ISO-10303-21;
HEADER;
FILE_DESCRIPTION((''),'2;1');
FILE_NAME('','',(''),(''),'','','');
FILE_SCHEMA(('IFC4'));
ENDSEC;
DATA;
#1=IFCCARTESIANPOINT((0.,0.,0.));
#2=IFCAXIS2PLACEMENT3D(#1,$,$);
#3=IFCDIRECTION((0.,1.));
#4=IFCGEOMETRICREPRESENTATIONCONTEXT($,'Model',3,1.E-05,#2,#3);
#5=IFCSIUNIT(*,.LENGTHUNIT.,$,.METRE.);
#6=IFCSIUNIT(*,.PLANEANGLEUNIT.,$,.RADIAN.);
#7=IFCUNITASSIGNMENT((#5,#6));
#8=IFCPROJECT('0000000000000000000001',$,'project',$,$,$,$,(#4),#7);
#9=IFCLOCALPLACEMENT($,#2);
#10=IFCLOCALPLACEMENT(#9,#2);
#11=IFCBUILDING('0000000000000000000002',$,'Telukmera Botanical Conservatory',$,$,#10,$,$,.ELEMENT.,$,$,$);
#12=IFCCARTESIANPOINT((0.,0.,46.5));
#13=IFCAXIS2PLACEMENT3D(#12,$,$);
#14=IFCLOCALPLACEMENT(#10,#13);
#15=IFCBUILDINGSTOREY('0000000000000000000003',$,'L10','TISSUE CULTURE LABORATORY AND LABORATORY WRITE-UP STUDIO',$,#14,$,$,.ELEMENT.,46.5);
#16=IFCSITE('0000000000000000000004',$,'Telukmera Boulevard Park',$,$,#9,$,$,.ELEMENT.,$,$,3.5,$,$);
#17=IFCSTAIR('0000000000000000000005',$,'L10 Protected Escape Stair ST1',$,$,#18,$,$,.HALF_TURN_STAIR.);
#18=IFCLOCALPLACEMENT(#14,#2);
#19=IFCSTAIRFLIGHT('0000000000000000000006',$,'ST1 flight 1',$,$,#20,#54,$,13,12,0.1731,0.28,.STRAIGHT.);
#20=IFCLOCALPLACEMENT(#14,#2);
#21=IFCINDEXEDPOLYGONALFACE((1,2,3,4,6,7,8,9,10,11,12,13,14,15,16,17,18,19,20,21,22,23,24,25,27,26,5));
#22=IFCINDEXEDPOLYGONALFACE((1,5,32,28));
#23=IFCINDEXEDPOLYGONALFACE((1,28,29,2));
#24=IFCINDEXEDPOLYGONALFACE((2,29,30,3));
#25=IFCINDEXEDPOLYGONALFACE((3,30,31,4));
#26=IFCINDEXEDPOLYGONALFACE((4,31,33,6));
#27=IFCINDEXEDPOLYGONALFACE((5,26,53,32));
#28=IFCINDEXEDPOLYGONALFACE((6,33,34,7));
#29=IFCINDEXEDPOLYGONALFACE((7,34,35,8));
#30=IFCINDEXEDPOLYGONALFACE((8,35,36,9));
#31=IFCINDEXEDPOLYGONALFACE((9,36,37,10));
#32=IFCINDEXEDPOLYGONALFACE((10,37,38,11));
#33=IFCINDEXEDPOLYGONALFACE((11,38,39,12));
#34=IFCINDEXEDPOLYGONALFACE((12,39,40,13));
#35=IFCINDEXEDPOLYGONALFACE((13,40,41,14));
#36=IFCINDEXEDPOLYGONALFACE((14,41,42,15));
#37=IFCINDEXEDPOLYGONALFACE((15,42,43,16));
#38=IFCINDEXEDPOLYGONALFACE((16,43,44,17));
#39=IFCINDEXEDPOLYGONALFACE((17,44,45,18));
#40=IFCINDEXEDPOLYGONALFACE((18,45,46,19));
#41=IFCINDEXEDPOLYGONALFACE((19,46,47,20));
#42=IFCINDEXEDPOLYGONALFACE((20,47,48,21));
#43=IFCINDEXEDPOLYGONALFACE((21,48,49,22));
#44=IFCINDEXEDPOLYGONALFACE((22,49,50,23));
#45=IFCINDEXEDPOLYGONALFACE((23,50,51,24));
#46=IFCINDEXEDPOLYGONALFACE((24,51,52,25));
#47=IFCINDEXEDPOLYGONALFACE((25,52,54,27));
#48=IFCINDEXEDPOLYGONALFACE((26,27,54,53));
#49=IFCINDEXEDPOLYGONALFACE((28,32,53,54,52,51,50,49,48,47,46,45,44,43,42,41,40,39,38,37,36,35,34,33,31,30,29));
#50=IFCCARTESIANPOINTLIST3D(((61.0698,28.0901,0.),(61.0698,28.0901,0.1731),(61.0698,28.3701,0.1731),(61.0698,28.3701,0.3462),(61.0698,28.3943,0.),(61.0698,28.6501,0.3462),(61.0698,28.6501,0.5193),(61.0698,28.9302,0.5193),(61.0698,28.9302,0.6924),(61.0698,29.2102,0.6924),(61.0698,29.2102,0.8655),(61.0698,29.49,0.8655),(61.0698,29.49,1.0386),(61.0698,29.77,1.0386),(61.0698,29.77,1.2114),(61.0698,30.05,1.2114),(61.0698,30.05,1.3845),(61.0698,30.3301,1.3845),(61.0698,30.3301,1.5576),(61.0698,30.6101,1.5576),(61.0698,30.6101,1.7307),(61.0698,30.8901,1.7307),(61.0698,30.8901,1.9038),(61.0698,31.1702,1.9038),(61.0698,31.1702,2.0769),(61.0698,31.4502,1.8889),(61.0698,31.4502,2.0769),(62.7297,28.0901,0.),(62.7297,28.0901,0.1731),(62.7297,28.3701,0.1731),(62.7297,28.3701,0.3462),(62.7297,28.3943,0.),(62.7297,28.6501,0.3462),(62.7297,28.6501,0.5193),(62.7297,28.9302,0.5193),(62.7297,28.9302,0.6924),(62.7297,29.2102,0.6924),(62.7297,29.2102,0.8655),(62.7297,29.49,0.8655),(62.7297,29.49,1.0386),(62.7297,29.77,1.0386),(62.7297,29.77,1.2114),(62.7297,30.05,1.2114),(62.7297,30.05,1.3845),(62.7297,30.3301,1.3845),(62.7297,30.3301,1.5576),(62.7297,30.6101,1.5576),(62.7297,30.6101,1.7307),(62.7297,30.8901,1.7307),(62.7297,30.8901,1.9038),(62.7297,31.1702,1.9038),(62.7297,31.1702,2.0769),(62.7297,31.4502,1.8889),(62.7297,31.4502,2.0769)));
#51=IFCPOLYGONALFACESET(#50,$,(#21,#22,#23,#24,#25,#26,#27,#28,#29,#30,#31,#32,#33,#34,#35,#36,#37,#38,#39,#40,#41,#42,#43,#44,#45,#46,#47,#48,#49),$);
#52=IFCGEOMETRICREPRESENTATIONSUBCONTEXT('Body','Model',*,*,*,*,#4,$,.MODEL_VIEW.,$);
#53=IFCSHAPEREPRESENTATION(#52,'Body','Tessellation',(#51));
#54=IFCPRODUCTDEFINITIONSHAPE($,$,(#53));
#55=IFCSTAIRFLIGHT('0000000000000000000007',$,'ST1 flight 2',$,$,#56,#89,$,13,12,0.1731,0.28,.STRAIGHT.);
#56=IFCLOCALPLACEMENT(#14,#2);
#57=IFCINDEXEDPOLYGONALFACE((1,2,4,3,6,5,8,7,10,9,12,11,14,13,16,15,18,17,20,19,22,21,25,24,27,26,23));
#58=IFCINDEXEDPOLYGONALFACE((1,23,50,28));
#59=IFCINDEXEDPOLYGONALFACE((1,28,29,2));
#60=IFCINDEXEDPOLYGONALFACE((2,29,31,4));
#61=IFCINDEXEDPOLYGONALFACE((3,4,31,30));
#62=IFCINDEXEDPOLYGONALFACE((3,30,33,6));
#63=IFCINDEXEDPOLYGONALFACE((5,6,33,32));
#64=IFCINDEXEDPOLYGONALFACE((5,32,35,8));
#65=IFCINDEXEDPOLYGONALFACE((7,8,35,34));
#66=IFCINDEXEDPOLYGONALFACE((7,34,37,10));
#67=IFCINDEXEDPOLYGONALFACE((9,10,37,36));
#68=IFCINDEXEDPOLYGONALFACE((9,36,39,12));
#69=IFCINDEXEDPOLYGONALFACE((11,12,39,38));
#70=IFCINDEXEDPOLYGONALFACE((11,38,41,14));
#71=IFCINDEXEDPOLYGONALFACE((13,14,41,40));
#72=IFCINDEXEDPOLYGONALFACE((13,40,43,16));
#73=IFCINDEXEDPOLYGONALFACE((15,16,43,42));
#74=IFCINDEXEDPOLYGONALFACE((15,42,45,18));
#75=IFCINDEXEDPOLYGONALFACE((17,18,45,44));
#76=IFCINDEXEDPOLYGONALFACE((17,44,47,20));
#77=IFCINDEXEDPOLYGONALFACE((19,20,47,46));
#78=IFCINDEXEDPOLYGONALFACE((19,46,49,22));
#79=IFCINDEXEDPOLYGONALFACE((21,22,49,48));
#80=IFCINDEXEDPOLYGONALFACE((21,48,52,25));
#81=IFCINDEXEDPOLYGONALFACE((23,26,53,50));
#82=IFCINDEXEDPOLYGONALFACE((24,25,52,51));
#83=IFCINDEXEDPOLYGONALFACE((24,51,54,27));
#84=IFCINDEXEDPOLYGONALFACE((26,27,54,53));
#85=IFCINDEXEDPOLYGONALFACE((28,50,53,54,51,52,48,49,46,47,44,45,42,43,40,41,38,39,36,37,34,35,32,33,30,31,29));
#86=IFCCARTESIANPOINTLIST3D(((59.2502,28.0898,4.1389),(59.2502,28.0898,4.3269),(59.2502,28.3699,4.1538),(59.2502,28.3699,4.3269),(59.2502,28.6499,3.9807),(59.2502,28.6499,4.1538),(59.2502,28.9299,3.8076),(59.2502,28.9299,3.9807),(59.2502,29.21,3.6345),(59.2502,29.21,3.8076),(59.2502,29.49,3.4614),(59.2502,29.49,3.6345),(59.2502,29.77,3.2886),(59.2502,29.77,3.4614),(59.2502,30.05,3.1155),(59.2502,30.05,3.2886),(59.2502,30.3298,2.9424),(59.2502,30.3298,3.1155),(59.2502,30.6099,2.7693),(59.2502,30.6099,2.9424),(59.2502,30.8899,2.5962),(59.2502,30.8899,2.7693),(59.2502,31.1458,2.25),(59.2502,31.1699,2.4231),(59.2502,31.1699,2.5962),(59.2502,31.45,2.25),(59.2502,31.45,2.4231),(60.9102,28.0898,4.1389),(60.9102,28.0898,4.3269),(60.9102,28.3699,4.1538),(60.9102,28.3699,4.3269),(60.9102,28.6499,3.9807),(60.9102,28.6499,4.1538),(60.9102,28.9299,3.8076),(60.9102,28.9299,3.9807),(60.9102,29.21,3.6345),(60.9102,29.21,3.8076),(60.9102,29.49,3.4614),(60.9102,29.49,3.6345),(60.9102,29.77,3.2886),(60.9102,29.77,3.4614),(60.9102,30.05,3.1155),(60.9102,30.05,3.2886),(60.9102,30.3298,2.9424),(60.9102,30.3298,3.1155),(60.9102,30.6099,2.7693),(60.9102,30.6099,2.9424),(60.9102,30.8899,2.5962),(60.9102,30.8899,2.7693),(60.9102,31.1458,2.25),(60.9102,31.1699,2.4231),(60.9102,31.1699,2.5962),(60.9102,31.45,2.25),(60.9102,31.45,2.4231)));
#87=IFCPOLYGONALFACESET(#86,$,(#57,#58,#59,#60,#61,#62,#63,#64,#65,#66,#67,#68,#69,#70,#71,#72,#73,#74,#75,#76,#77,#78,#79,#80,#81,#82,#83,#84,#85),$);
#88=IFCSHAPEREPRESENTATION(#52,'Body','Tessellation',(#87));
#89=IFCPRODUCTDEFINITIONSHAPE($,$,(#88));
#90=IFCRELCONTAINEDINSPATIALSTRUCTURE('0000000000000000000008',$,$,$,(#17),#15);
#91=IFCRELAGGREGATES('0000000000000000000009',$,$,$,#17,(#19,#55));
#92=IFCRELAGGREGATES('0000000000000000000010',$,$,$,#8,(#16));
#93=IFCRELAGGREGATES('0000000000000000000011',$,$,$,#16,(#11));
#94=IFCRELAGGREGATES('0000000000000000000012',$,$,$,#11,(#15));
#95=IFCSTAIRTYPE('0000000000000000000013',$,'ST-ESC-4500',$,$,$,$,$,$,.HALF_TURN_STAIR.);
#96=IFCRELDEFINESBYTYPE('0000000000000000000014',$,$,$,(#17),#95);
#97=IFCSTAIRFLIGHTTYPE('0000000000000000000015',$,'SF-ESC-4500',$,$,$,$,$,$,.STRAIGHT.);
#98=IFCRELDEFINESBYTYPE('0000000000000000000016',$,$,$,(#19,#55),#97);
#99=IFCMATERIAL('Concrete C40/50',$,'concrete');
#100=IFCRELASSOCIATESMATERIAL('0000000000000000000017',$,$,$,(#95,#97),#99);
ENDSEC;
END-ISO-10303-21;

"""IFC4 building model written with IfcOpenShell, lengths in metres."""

from ifc_helpers import new_model, si_unit, direction, frame, origin, place, context, subcontext, project, spatial, polyline, outline, extrude, material, type_object, element, aggregate, save


model = new_model("IFC4")

# Units and contexts
model_context = context("Model", 3, precision=1e-05, world=origin(), true_north=direction((0.0, 1.0)))
body_context = subcontext(model_context, "Body", "Model", "MODEL_VIEW")
ifc_project = project(units=[si_unit("LENGTHUNIT", "METRE"), si_unit("PLANEANGLEUNIT", "RADIAN")], contexts=[model_context])

# Site, building, storey
site_placement = place(None, origin())
site = spatial("IfcSite", under=ifc_project, at=site_placement, Name="Telukmera Boulevard Park", CompositionType="ELEMENT", RefElevation=3.5)
building_placement = place(site_placement, origin())
building = spatial("IfcBuilding", under=site, at=building_placement, Name="Telukmera Botanical Conservatory", CompositionType="ELEMENT")
storey_placement = place(building_placement, frame((0.0, 0.0, 46.5)))
storey = spatial("IfcBuildingStorey", under=building, at=storey_placement, Name="L10", Description="TISSUE CULTURE LABORATORY AND LABORATORY WRITE-UP STUDIO", CompositionType="ELEMENT", Elevation=46.5)

# Shared definitions
ifc_material_1 = material(Name="Concrete C40/50", Category="concrete")

# Stair, stair flights
stair_type = type_object("IfcStairType", Name="ST-ESC-4500", PredefinedType="HALF_TURN_STAIR", material=ifc_material_1)
stair_placement = place(storey_placement, origin())
stair = element("IfcStair", 1, at=stair_placement, inside=storey, type_object=stair_type, Name="L10 Protected Escape Stair ST1", PredefinedType="HALF_TURN_STAIR")
stair_flight_type = type_object("IfcStairFlightType", Name="SF-ESC-4500", PredefinedType="STRAIGHT", material=ifc_material_1)
stair_flight_1_placement = place(storey_placement, frame((61.8999, 28.0901, 0.0), z_axis=(0.0, 0.0, 1.0), x_axis=(0.0, 1.0, 0.0)))
stair_flight_1 = element("IfcStairFlight", 2, at=stair_flight_1_placement, type_object=stair_flight_type, Name="ST1 flight 1", NumberOfRisers=13, NumberOfTreads=12, PredefinedType="STRAIGHT", RiserHeight=0.1731, TreadLength=0.28, context=body_context, shape_type="SweptSolid", body=[
    extrude(outline(polyline([(0.0, 0.0), (0.0, 0.1731), (0.28, 0.1731), (0.28, 0.3462), (0.5601, 0.3462), (0.5601, 0.5193), (0.8401, 0.5193), (0.8401, 0.6924), (1.1201, 0.6924), (1.1201, 0.8655), (1.3999, 0.8655), (1.3999, 1.0386), (1.6799, 1.0386), (1.6799, 1.2114), (1.96, 1.2114), (1.96, 1.3845), (2.24, 1.3845), (2.24, 1.5576), (2.52, 1.5576), (2.52, 1.7307), (2.8, 1.7307), (2.8, 1.9038), (3.0801, 1.9038), (3.0801, 2.0769), (3.3601, 2.0769), (3.3601, 2.25), (3.3601, 1.8889), (0.3042, 0.0), (0.0, 0.0)])), frame((0.0, 0.8301, 0.0), z_axis=(0.0, -1.0, 0.0), x_axis=(1.0, 0.0, 0.0)), (0.0, 0.0, 1.0), 1.6599),
])
stair_flight_2_placement = place(storey_placement, frame((60.0801, 31.45, 2.25), z_axis=(0.0, 0.0, 1.0), x_axis=(0.0, -1.0, 0.0)))
stair_flight_2 = element("IfcStairFlight", 3, at=stair_flight_2_placement, type_object=stair_flight_type, Name="ST1 flight 2", NumberOfRisers=13, NumberOfTreads=12, PredefinedType="STRAIGHT", RiserHeight=0.1731, TreadLength=0.28, context=body_context, shape_type="SweptSolid", body=[
    extrude(outline(polyline([(0.0, 0.0), (0.0, 0.1731), (0.28, 0.1731), (0.28, 0.3462), (0.5601, 0.3462), (0.5601, 0.5193), (0.8401, 0.5193), (0.8401, 0.6924), (1.1201, 0.6924), (1.1201, 0.8655), (1.3999, 0.8655), (1.3999, 1.0386), (1.6799, 1.0386), (1.6799, 1.2114), (1.96, 1.2114), (1.96, 1.3845), (2.24, 1.3845), (2.24, 1.5576), (2.52, 1.5576), (2.52, 1.7307), (2.8, 1.7307), (2.8, 1.9038), (3.0801, 1.9038), (3.0801, 2.0769), (3.3601, 2.0769), (3.3601, 2.25), (3.3601, 1.8889), (0.3042, 0.0), (0.0, 0.0)])), frame((0.0, 0.8301, 0.0), z_axis=(0.0, -1.0, 0.0), x_axis=(1.0, 0.0, 0.0)), (0.0, 0.0, 1.0), 1.6599),
])
aggregate(stair, [stair_flight_1, stair_flight_2])

save(model, "model.ifc")
